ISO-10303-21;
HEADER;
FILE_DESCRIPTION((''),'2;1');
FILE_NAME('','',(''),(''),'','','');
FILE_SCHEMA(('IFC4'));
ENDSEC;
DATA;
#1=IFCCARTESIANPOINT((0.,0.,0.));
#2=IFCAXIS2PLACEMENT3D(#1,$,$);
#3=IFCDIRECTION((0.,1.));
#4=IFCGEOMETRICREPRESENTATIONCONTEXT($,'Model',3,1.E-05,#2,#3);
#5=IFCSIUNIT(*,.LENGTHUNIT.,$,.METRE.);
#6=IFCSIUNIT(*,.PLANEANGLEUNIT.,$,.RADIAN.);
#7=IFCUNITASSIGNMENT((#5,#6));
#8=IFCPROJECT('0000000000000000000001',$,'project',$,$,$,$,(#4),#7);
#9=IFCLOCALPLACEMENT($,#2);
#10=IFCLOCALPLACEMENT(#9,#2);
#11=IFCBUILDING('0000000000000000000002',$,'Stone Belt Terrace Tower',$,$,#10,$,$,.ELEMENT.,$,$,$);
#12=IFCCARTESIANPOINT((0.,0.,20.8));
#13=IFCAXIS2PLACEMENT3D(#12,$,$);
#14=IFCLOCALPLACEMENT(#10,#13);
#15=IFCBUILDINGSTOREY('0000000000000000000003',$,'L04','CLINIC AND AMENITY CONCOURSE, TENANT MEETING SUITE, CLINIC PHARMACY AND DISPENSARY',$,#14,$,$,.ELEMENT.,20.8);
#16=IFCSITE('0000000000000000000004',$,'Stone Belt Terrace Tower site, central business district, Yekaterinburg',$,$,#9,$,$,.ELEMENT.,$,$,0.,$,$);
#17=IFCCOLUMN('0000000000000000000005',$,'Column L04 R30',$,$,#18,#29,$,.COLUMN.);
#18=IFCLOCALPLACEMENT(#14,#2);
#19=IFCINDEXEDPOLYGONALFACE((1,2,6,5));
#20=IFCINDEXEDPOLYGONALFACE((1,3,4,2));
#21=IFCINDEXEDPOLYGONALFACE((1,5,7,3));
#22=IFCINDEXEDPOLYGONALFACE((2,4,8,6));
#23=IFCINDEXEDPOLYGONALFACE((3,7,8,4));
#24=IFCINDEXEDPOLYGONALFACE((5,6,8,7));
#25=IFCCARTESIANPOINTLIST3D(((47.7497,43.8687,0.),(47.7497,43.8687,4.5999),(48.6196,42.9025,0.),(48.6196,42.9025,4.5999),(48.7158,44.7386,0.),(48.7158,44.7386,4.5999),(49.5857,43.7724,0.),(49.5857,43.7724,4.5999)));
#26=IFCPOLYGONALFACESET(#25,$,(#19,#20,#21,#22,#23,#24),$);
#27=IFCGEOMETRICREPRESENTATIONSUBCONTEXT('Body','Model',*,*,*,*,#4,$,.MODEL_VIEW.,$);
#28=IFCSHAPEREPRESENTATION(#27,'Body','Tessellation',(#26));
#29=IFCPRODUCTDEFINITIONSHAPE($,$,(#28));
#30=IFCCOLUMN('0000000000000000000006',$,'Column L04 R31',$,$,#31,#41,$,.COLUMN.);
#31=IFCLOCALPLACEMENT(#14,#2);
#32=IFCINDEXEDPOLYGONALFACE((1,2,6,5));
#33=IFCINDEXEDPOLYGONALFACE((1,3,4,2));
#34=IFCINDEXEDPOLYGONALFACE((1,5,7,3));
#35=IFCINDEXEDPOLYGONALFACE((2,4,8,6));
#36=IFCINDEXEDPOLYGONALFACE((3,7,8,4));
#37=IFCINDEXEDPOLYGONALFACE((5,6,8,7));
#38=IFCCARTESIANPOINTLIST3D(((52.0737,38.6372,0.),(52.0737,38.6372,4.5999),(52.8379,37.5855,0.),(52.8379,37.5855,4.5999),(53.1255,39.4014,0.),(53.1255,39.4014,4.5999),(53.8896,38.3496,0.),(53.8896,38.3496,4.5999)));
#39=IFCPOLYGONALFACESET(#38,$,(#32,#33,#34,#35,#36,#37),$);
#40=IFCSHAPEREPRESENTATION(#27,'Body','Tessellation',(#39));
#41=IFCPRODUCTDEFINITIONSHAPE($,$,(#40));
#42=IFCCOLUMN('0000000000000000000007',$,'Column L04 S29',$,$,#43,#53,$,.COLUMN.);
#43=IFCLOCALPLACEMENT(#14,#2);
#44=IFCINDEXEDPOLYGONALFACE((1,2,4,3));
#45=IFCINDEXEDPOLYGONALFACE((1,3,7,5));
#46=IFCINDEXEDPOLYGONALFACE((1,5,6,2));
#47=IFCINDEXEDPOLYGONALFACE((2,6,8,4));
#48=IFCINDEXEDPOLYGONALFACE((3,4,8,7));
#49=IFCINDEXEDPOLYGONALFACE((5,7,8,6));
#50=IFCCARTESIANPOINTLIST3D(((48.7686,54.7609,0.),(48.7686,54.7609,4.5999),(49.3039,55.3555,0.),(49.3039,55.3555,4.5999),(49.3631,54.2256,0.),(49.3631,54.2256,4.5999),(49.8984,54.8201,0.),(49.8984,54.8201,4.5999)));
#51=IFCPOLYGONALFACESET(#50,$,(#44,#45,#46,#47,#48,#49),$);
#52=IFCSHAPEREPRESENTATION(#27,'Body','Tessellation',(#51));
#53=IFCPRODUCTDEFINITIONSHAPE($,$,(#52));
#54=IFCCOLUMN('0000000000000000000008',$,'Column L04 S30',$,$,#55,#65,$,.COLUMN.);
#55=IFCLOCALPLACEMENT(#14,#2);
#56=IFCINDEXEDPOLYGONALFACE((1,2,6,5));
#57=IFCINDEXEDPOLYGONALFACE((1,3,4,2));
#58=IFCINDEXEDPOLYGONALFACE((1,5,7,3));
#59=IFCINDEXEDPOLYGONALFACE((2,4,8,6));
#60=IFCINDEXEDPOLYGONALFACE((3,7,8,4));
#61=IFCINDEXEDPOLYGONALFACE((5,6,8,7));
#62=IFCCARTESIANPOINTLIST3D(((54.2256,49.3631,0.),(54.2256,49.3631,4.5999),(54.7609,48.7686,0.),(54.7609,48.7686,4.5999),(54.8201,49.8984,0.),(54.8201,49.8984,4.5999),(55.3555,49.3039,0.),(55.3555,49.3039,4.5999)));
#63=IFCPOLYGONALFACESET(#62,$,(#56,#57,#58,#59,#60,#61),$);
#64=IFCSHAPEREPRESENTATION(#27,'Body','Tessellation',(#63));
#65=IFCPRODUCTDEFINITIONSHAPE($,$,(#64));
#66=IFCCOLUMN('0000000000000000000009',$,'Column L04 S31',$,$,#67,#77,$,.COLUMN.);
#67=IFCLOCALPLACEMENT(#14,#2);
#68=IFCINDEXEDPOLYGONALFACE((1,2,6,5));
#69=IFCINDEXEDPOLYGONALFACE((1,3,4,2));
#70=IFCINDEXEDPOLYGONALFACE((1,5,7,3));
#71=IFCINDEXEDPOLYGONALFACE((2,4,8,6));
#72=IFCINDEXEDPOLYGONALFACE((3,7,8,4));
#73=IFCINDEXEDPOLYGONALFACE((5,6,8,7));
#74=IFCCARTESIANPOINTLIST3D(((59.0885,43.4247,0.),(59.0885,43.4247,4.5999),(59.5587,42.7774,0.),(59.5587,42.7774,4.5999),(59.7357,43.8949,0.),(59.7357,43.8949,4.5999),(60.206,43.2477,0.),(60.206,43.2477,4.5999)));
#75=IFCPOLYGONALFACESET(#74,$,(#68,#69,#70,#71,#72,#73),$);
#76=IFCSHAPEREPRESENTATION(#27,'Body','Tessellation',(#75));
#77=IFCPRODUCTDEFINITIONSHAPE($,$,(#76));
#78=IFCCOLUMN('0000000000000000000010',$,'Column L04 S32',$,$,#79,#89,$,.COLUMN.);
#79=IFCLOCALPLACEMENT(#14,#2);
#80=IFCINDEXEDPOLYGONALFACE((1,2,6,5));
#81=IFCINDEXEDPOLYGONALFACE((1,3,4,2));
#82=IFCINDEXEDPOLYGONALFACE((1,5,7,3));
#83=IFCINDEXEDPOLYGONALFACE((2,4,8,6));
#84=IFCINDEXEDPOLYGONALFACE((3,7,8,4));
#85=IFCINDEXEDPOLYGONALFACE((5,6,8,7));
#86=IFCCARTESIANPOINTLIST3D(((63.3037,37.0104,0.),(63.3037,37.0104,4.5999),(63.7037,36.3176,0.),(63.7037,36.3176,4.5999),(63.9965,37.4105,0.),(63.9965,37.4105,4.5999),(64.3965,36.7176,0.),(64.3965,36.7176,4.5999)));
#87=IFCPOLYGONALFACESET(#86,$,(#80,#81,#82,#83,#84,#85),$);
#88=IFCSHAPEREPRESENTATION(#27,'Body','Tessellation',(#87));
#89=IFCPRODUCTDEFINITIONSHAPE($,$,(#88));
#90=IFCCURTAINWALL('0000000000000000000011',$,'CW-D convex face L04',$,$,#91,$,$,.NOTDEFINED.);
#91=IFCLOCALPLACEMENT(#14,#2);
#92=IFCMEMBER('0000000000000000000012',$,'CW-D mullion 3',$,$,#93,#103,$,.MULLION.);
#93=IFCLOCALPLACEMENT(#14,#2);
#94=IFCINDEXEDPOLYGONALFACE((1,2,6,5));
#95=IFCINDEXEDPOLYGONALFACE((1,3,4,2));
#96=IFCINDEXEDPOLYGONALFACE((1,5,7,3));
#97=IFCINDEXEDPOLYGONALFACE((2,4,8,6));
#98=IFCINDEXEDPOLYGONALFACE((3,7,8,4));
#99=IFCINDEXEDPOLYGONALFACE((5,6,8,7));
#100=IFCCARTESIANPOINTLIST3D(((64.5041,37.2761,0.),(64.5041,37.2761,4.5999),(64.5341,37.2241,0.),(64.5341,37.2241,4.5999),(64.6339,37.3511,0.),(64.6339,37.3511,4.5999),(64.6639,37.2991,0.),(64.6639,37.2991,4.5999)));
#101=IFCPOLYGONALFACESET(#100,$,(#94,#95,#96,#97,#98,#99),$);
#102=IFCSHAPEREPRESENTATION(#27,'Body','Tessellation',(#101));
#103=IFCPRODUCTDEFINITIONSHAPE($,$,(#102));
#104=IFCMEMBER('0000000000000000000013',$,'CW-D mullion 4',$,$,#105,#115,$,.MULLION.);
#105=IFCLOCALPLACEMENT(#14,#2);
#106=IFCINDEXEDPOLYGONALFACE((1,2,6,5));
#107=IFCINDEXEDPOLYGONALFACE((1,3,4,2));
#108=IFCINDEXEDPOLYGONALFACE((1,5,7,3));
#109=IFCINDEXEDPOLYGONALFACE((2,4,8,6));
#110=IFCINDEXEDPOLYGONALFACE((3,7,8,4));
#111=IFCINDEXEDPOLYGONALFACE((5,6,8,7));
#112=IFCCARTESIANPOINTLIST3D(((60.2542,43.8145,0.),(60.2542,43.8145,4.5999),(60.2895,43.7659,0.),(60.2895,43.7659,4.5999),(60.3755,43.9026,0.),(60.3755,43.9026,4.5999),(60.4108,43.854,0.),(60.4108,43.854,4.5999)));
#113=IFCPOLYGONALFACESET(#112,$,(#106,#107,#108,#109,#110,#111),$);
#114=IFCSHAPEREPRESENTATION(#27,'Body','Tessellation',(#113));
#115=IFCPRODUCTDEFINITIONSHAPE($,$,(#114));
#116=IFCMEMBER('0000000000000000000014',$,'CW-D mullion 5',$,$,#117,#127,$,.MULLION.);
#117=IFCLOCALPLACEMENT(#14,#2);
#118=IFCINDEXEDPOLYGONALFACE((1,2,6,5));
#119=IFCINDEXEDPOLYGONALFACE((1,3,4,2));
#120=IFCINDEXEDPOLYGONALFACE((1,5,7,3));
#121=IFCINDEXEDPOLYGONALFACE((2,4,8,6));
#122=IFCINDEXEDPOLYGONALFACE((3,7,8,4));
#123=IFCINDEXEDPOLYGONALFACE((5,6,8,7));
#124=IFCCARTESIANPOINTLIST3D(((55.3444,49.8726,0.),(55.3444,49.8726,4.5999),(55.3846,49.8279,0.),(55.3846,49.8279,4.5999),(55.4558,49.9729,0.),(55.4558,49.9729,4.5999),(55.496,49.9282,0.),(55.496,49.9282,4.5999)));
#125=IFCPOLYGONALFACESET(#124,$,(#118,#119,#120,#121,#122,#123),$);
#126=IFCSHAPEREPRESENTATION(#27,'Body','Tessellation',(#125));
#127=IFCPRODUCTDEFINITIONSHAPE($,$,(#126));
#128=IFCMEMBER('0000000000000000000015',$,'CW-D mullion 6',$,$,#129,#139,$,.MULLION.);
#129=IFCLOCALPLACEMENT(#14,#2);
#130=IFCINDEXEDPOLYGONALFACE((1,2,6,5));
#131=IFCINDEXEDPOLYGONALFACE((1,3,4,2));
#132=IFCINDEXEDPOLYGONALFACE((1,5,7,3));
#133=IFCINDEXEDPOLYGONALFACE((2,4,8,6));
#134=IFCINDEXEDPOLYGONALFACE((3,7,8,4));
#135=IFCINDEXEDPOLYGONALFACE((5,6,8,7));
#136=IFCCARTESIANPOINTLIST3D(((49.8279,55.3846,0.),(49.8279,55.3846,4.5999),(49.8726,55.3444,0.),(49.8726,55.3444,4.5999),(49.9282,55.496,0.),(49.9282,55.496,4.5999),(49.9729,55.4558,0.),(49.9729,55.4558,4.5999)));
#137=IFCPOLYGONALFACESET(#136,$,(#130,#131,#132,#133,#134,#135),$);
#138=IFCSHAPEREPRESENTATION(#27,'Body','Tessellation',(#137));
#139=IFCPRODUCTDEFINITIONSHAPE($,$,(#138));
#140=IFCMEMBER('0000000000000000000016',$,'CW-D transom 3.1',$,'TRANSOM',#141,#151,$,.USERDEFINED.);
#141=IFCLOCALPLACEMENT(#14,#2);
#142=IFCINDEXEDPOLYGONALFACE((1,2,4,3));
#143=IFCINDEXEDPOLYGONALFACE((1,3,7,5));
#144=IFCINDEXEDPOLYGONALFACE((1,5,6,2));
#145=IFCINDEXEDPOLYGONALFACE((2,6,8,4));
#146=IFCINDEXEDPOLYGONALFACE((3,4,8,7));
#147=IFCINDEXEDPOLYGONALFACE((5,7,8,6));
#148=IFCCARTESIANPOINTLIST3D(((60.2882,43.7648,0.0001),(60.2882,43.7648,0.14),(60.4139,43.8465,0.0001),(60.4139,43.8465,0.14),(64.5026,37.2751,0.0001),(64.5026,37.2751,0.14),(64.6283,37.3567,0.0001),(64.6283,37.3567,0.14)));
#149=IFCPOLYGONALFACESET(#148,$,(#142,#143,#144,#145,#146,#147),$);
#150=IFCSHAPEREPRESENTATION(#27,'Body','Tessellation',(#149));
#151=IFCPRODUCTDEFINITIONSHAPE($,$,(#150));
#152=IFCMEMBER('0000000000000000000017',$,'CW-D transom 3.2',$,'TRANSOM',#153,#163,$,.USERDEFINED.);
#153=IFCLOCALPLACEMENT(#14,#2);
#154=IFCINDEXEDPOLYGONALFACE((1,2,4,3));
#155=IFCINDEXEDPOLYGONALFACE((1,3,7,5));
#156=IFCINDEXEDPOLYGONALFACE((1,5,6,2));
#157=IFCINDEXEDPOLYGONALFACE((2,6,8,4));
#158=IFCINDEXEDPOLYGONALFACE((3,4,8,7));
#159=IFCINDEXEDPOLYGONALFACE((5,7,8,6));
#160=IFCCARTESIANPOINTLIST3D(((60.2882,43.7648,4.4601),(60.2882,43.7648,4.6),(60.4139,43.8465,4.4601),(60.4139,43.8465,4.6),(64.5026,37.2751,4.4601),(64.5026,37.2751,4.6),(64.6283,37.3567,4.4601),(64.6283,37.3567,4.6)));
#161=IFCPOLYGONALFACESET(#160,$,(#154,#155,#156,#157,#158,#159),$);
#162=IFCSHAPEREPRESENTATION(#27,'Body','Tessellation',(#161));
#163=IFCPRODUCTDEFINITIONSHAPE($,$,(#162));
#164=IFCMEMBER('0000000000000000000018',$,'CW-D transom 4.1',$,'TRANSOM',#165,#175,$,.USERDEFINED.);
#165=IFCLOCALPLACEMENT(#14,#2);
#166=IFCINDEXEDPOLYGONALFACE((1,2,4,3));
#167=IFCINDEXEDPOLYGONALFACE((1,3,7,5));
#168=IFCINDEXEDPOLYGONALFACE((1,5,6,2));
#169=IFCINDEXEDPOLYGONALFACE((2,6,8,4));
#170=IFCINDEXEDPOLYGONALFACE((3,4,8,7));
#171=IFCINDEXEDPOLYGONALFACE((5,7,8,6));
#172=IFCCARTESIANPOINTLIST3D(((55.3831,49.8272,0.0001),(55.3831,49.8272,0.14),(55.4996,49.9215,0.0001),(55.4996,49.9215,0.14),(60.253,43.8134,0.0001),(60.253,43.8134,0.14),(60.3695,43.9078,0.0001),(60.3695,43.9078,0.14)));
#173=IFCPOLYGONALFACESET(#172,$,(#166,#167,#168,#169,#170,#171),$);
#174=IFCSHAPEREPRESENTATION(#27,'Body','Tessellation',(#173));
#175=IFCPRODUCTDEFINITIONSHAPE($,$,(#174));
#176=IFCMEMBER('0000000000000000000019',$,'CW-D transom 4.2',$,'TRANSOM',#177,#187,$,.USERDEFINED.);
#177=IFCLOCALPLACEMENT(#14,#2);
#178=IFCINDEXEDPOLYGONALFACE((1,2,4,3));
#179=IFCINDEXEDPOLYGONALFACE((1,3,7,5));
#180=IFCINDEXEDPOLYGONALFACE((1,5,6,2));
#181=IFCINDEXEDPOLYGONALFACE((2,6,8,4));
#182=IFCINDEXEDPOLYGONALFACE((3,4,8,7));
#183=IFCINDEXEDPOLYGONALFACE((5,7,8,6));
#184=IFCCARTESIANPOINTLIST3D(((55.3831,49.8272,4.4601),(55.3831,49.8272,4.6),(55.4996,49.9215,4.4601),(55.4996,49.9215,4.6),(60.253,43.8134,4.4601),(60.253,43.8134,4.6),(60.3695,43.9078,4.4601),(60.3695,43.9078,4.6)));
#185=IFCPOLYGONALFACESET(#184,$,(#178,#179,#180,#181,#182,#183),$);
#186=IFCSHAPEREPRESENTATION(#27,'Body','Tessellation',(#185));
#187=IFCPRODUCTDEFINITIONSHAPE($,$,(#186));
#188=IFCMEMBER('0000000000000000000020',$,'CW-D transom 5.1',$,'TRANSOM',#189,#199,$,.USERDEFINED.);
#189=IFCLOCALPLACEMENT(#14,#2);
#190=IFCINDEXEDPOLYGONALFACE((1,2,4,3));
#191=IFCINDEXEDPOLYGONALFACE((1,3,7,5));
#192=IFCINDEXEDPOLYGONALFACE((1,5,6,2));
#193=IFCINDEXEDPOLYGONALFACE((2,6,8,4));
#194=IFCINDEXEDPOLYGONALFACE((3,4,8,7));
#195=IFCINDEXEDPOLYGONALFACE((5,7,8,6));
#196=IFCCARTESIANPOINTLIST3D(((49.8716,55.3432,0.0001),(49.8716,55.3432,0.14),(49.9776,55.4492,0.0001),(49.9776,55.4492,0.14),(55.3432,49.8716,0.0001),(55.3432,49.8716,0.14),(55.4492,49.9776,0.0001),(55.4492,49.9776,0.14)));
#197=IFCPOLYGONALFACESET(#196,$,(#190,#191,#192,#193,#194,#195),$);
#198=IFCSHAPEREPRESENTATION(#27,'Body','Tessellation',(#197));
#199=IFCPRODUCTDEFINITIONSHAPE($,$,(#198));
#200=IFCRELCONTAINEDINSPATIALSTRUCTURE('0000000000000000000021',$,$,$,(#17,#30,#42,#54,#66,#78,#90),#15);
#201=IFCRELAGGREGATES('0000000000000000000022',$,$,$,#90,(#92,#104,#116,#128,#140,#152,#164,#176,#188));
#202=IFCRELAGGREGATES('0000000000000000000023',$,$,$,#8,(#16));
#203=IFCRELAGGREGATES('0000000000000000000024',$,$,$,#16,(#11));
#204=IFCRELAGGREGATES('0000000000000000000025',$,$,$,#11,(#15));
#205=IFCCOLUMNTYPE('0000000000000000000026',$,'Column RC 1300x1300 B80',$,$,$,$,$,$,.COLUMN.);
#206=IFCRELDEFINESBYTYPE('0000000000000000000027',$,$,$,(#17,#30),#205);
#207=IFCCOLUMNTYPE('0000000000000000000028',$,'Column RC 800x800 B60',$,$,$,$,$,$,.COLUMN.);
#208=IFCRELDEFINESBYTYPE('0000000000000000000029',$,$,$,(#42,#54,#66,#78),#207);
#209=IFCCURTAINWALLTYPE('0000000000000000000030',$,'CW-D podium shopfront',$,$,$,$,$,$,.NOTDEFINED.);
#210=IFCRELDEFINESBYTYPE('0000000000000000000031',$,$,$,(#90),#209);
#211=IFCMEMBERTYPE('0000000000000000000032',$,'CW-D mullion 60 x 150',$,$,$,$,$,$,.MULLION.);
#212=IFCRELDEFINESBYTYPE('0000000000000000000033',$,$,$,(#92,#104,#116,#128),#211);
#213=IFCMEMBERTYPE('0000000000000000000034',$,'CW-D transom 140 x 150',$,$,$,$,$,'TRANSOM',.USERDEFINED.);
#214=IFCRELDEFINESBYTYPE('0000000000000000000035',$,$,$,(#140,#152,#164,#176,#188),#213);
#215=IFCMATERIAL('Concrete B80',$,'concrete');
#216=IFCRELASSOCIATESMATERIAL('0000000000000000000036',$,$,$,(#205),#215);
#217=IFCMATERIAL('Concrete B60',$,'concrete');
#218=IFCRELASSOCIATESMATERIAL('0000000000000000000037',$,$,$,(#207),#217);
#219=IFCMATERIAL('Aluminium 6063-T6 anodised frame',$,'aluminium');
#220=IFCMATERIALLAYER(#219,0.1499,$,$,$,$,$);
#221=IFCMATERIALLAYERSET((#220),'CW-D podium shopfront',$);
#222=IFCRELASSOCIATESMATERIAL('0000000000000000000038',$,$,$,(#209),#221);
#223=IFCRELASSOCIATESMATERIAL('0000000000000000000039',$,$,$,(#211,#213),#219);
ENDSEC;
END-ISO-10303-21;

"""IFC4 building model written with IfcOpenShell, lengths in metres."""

from ifc_helpers import new_model, si_unit, direction, frame, origin, origin_2d, place, context, subcontext, project, spatial, rectangle, extrude, material, layer, layer_set, material_profile, profile_set, type_object, element, aggregate, save


model = new_model("IFC4")

# Units and contexts
model_context = context("Model", 3, precision=1e-05, world=origin(), true_north=direction((0.0, 1.0)))
body_context = subcontext(model_context, "Body", "Model", "MODEL_VIEW")
ifc_project = project(units=[si_unit("LENGTHUNIT", "METRE"), si_unit("PLANEANGLEUNIT", "RADIAN")], contexts=[model_context])

# Site, building, storey
site_placement = place(None, origin())
site = spatial("IfcSite", under=ifc_project, at=site_placement, Name="Stone Belt Terrace Tower site, central business district, Yekaterinburg", CompositionType="ELEMENT", RefElevation=0.0)
building_placement = place(site_placement, origin())
building = spatial("IfcBuilding", under=site, at=building_placement, Name="Stone Belt Terrace Tower", CompositionType="ELEMENT")
storey_placement = place(building_placement, frame((0.0, 0.0, 20.8)))
storey = spatial("IfcBuildingStorey", under=building, at=storey_placement, Name="L04", Description="CLINIC AND AMENITY CONCOURSE, TENANT MEETING SUITE, CLINIC PHARMACY AND DISPENSARY", CompositionType="ELEMENT", Elevation=20.8)

# Columns
ifc_material_1 = material(Name="Concrete B80", Category="concrete")
ifc_material_profile_1 = material_profile(ifc_material_1, rectangle(XDim=1.3, YDim=1.3, at=origin_2d()), Name="RC 1300x1300")
ifc_profile_set_1 = profile_set([ifc_material_profile_1], Name="Concrete B80")
column_type_1 = type_object("IfcColumnType", Name="Column RC 1300x1300 B80", PredefinedType="COLUMN", material=ifc_profile_set_1)
for number, where, z_axis, x_axis, name in (
    (1, (48.6677, 43.8206, 0.0), (0.0, 0.0, 1.0), (0.669131, -0.743145, 0.0), "Column L04 R30"),
    (2, (52.9817, 38.4934, 0.0), (0.0, 0.0, 1.0), (0.587785, -0.809017, 0.0), "Column L04 R31"),
):
    element("IfcColumn", number, at=place(storey_placement, frame(where, z_axis=z_axis, x_axis=x_axis)), inside=storey, type_object=column_type_1, Name=name, PredefinedType="COLUMN", context=body_context, shape_type="SweptSolid", body=[
        extrude(rectangle(XDim=1.3, YDim=1.3, at=origin_2d()), origin(), (0.0, 0.0, 1.0), 4.5999),
    ])
ifc_material_2 = material(Name="Concrete B60", Category="concrete")
ifc_material_profile_2 = material_profile(ifc_material_2, rectangle(XDim=0.8, YDim=0.8, at=origin_2d()), Name="RC 800x800")
ifc_profile_set_2 = profile_set([ifc_material_profile_2], Name="Concrete B60")
column_type_2 = type_object("IfcColumnType", Name="Column RC 800x800 B60", PredefinedType="COLUMN", material=ifc_profile_set_2)
for number, where, z_axis, x_axis, name in (
    (3, (49.3335, 54.7905, 0.0), (0.0, 0.0, 1.0), (0.743145, -0.669131, 0.0), "Column L04 S29"),
    (4, (54.7905, 49.3335, 0.0), (0.0, 0.0, 1.0), (0.669131, -0.743145, 0.0), "Column L04 S30"),
    (5, (59.6472, 43.3362, 0.0), (0.0, 0.0, 1.0), (0.587785, -0.809017, 0.0), "Column L04 S31"),
    (6, (63.8501, 36.864, 0.0), (0.0, 0.0, 1.0), (0.5, -0.866025, 0.0), "Column L04 S32"),
):
    element("IfcColumn", number, at=place(storey_placement, frame(where, z_axis=z_axis, x_axis=x_axis)), inside=storey, type_object=column_type_2, Name=name, PredefinedType="COLUMN", context=body_context, shape_type="SweptSolid", body=[
        extrude(rectangle(XDim=0.8, YDim=0.8, at=origin_2d()), origin(), (0.0, 0.0, 1.0), 4.5999),
    ])

# Curtain wall, members
ifc_material_3 = material(Name="Aluminium 6063-T6 anodised frame", Category="aluminium")
ifc_layer_1 = layer(ifc_material_3, 0.1499)
ifc_layer_set_1 = layer_set([ifc_layer_1], Name="CW-D podium shopfront")
curtain_wall_type = type_object("IfcCurtainWallType", Name="CW-D podium shopfront", PredefinedType="NOTDEFINED", material=ifc_layer_set_1)
curtain_wall_placement = place(storey_placement, origin())
curtain_wall = element("IfcCurtainWall", 7, at=curtain_wall_placement, inside=storey, type_object=curtain_wall_type, Name="CW-D convex face L04", PredefinedType="NOTDEFINED")
ifc_material_profile_3 = material_profile(ifc_material_3, rectangle(XDim=0.1499, YDim=0.0601, at=origin_2d()), Name="Aluminium 6063-T6 60x150")
ifc_profile_set_3 = profile_set([ifc_material_profile_3], Name="Aluminium 6063-T6 anodised frame")
member_type_1 = type_object("IfcMemberType", Name="CW-D mullion 60 x 150", PredefinedType="MULLION", material=ifc_profile_set_3)
member_1_placement = place(storey_placement, frame((64.584, 37.2876, 0.0), z_axis=(0.0, 0.0, 1.0), x_axis=(-0.866025, -0.5, 0.0)))
member_1 = element("IfcMember", 8, at=member_1_placement, type_object=member_type_1, Name="CW-D mullion 3", PredefinedType="MULLION", context=body_context, shape_type="SweptSolid", body=[
    extrude(rectangle(XDim=0.1499, YDim=0.0601, at=origin_2d()), origin(), (0.0, 0.0, 1.0), 4.5999),
])
member_2_placement = place(storey_placement, frame((60.3325, 43.8342, 0.0), z_axis=(0.0, 0.0, 1.0), x_axis=(-0.809017, -0.587785, 0.0)))
member_2 = element("IfcMember", 9, at=member_2_placement, type_object=member_type_1, Name="CW-D mullion 4", PredefinedType="MULLION", context=body_context, shape_type="SweptSolid", body=[
    extrude(rectangle(XDim=0.1499, YDim=0.0601, at=origin_2d()), origin(), (0.0, 0.0, 1.0), 4.5999),
])
member_3_placement = place(storey_placement, frame((55.4202, 49.9004, 0.0), z_axis=(0.0, 0.0, 1.0), x_axis=(-0.743145, -0.669131, 0.0)))
member_3 = element("IfcMember", 10, at=member_3_placement, type_object=member_type_1, Name="CW-D mullion 5", PredefinedType="MULLION", context=body_context, shape_type="SweptSolid", body=[
    extrude(rectangle(XDim=0.1499, YDim=0.0601, at=origin_2d()), origin(), (0.0, 0.0, 1.0), 4.5999),
])
member_4_placement = place(storey_placement, frame((49.9004, 55.4202, 0.0), z_axis=(0.0, 0.0, 1.0), x_axis=(-0.669131, -0.743145, 0.0)))
member_4 = element("IfcMember", 11, at=member_4_placement, type_object=member_type_1, Name="CW-D mullion 6", PredefinedType="MULLION", context=body_context, shape_type="SweptSolid", body=[
    extrude(rectangle(XDim=0.1499, YDim=0.0601, at=origin_2d()), origin(), (0.0, 0.0, 1.0), 4.5999),
])
ifc_material_profile_4 = material_profile(ifc_material_3, rectangle(XDim=0.1499, YDim=0.1399, at=origin_2d()), Name="Aluminium 6063-T6 150x140")
ifc_profile_set_4 = profile_set([ifc_material_profile_4], Name="Aluminium 6063-T6 anodised frame")
member_type_2 = type_object("IfcMemberType", Name="CW-D transom 140 x 150", ElementType="TRANSOM", PredefinedType="USERDEFINED", material=ifc_profile_set_4)
member_5_placement = place(storey_placement, frame((64.5654, 37.3159, 0.0701), z_axis=(-0.544627, 0.838679, 0.0), x_axis=(-0.838679, -0.544627, 0.0)))
member_5 = element("IfcMember", 12, at=member_5_placement, type_object=member_type_2, Name="CW-D transom 3.1", ObjectType="TRANSOM", PredefinedType="USERDEFINED", context=body_context, shape_type="SweptSolid", body=[
    extrude(rectangle(XDim=0.1499, YDim=0.1399, at=origin_2d()), origin(), (0.0, 0.0, 1.0), 7.738),
])
member_6_placement = place(storey_placement, frame((64.5654, 37.3159, 4.53), z_axis=(-0.544627, 0.838679, 0.0), x_axis=(-0.838679, -0.544627, 0.0)))
member_6 = element("IfcMember", 13, at=member_6_placement, type_object=member_type_2, Name="CW-D transom 3.2", ObjectType="TRANSOM", PredefinedType="USERDEFINED", context=body_context, shape_type="SweptSolid", body=[
    extrude(rectangle(XDim=0.1499, YDim=0.1399, at=origin_2d()), origin(), (0.0, 0.0, 1.0), 7.738),
])
member_7_placement = place(storey_placement, frame((60.3113, 43.8606, 0.0701), z_axis=(-0.629328, 0.77714, 0.0), x_axis=(-0.77714, -0.629328, 0.0)))
member_7 = element("IfcMember", 14, at=member_7_placement, type_object=member_type_2, Name="CW-D transom 4.1", ObjectType="TRANSOM", PredefinedType="USERDEFINED", context=body_context, shape_type="SweptSolid", body=[
    extrude(rectangle(XDim=0.1499, YDim=0.1399, at=origin_2d()), origin(), (0.0, 0.0, 1.0), 7.7383),
])
member_8_placement = place(storey_placement, frame((60.3113, 43.8606, 4.53), z_axis=(-0.629328, 0.77714, 0.0), x_axis=(-0.77714, -0.629328, 0.0)))
member_8 = element("IfcMember", 15, at=member_8_placement, type_object=member_type_2, Name="CW-D transom 4.2", ObjectType="TRANSOM", PredefinedType="USERDEFINED", context=body_context, shape_type="SweptSolid", body=[
    extrude(rectangle(XDim=0.1499, YDim=0.1399, at=origin_2d()), origin(), (0.0, 0.0, 1.0), 7.7383),
])
member_9_placement = place(storey_placement, frame((55.3962, 49.9246, 0.0701), z_axis=(-0.707107, 0.707107, 0.0), x_axis=(-0.707107, -0.707107, 0.0)))
member_9 = element("IfcMember", 16, at=member_9_placement, type_object=member_type_2, Name="CW-D transom 5.1", ObjectType="TRANSOM", PredefinedType="USERDEFINED", context=body_context, shape_type="SweptSolid", body=[
    extrude(rectangle(XDim=0.1499, YDim=0.1399, at=origin_2d()), origin(), (0.0, 0.0, 1.0), 7.738),
])
aggregate(curtain_wall, [member_1, member_2, member_3, member_4, member_5, member_6, member_7, member_8, member_9])

save(model, "model.ifc")
